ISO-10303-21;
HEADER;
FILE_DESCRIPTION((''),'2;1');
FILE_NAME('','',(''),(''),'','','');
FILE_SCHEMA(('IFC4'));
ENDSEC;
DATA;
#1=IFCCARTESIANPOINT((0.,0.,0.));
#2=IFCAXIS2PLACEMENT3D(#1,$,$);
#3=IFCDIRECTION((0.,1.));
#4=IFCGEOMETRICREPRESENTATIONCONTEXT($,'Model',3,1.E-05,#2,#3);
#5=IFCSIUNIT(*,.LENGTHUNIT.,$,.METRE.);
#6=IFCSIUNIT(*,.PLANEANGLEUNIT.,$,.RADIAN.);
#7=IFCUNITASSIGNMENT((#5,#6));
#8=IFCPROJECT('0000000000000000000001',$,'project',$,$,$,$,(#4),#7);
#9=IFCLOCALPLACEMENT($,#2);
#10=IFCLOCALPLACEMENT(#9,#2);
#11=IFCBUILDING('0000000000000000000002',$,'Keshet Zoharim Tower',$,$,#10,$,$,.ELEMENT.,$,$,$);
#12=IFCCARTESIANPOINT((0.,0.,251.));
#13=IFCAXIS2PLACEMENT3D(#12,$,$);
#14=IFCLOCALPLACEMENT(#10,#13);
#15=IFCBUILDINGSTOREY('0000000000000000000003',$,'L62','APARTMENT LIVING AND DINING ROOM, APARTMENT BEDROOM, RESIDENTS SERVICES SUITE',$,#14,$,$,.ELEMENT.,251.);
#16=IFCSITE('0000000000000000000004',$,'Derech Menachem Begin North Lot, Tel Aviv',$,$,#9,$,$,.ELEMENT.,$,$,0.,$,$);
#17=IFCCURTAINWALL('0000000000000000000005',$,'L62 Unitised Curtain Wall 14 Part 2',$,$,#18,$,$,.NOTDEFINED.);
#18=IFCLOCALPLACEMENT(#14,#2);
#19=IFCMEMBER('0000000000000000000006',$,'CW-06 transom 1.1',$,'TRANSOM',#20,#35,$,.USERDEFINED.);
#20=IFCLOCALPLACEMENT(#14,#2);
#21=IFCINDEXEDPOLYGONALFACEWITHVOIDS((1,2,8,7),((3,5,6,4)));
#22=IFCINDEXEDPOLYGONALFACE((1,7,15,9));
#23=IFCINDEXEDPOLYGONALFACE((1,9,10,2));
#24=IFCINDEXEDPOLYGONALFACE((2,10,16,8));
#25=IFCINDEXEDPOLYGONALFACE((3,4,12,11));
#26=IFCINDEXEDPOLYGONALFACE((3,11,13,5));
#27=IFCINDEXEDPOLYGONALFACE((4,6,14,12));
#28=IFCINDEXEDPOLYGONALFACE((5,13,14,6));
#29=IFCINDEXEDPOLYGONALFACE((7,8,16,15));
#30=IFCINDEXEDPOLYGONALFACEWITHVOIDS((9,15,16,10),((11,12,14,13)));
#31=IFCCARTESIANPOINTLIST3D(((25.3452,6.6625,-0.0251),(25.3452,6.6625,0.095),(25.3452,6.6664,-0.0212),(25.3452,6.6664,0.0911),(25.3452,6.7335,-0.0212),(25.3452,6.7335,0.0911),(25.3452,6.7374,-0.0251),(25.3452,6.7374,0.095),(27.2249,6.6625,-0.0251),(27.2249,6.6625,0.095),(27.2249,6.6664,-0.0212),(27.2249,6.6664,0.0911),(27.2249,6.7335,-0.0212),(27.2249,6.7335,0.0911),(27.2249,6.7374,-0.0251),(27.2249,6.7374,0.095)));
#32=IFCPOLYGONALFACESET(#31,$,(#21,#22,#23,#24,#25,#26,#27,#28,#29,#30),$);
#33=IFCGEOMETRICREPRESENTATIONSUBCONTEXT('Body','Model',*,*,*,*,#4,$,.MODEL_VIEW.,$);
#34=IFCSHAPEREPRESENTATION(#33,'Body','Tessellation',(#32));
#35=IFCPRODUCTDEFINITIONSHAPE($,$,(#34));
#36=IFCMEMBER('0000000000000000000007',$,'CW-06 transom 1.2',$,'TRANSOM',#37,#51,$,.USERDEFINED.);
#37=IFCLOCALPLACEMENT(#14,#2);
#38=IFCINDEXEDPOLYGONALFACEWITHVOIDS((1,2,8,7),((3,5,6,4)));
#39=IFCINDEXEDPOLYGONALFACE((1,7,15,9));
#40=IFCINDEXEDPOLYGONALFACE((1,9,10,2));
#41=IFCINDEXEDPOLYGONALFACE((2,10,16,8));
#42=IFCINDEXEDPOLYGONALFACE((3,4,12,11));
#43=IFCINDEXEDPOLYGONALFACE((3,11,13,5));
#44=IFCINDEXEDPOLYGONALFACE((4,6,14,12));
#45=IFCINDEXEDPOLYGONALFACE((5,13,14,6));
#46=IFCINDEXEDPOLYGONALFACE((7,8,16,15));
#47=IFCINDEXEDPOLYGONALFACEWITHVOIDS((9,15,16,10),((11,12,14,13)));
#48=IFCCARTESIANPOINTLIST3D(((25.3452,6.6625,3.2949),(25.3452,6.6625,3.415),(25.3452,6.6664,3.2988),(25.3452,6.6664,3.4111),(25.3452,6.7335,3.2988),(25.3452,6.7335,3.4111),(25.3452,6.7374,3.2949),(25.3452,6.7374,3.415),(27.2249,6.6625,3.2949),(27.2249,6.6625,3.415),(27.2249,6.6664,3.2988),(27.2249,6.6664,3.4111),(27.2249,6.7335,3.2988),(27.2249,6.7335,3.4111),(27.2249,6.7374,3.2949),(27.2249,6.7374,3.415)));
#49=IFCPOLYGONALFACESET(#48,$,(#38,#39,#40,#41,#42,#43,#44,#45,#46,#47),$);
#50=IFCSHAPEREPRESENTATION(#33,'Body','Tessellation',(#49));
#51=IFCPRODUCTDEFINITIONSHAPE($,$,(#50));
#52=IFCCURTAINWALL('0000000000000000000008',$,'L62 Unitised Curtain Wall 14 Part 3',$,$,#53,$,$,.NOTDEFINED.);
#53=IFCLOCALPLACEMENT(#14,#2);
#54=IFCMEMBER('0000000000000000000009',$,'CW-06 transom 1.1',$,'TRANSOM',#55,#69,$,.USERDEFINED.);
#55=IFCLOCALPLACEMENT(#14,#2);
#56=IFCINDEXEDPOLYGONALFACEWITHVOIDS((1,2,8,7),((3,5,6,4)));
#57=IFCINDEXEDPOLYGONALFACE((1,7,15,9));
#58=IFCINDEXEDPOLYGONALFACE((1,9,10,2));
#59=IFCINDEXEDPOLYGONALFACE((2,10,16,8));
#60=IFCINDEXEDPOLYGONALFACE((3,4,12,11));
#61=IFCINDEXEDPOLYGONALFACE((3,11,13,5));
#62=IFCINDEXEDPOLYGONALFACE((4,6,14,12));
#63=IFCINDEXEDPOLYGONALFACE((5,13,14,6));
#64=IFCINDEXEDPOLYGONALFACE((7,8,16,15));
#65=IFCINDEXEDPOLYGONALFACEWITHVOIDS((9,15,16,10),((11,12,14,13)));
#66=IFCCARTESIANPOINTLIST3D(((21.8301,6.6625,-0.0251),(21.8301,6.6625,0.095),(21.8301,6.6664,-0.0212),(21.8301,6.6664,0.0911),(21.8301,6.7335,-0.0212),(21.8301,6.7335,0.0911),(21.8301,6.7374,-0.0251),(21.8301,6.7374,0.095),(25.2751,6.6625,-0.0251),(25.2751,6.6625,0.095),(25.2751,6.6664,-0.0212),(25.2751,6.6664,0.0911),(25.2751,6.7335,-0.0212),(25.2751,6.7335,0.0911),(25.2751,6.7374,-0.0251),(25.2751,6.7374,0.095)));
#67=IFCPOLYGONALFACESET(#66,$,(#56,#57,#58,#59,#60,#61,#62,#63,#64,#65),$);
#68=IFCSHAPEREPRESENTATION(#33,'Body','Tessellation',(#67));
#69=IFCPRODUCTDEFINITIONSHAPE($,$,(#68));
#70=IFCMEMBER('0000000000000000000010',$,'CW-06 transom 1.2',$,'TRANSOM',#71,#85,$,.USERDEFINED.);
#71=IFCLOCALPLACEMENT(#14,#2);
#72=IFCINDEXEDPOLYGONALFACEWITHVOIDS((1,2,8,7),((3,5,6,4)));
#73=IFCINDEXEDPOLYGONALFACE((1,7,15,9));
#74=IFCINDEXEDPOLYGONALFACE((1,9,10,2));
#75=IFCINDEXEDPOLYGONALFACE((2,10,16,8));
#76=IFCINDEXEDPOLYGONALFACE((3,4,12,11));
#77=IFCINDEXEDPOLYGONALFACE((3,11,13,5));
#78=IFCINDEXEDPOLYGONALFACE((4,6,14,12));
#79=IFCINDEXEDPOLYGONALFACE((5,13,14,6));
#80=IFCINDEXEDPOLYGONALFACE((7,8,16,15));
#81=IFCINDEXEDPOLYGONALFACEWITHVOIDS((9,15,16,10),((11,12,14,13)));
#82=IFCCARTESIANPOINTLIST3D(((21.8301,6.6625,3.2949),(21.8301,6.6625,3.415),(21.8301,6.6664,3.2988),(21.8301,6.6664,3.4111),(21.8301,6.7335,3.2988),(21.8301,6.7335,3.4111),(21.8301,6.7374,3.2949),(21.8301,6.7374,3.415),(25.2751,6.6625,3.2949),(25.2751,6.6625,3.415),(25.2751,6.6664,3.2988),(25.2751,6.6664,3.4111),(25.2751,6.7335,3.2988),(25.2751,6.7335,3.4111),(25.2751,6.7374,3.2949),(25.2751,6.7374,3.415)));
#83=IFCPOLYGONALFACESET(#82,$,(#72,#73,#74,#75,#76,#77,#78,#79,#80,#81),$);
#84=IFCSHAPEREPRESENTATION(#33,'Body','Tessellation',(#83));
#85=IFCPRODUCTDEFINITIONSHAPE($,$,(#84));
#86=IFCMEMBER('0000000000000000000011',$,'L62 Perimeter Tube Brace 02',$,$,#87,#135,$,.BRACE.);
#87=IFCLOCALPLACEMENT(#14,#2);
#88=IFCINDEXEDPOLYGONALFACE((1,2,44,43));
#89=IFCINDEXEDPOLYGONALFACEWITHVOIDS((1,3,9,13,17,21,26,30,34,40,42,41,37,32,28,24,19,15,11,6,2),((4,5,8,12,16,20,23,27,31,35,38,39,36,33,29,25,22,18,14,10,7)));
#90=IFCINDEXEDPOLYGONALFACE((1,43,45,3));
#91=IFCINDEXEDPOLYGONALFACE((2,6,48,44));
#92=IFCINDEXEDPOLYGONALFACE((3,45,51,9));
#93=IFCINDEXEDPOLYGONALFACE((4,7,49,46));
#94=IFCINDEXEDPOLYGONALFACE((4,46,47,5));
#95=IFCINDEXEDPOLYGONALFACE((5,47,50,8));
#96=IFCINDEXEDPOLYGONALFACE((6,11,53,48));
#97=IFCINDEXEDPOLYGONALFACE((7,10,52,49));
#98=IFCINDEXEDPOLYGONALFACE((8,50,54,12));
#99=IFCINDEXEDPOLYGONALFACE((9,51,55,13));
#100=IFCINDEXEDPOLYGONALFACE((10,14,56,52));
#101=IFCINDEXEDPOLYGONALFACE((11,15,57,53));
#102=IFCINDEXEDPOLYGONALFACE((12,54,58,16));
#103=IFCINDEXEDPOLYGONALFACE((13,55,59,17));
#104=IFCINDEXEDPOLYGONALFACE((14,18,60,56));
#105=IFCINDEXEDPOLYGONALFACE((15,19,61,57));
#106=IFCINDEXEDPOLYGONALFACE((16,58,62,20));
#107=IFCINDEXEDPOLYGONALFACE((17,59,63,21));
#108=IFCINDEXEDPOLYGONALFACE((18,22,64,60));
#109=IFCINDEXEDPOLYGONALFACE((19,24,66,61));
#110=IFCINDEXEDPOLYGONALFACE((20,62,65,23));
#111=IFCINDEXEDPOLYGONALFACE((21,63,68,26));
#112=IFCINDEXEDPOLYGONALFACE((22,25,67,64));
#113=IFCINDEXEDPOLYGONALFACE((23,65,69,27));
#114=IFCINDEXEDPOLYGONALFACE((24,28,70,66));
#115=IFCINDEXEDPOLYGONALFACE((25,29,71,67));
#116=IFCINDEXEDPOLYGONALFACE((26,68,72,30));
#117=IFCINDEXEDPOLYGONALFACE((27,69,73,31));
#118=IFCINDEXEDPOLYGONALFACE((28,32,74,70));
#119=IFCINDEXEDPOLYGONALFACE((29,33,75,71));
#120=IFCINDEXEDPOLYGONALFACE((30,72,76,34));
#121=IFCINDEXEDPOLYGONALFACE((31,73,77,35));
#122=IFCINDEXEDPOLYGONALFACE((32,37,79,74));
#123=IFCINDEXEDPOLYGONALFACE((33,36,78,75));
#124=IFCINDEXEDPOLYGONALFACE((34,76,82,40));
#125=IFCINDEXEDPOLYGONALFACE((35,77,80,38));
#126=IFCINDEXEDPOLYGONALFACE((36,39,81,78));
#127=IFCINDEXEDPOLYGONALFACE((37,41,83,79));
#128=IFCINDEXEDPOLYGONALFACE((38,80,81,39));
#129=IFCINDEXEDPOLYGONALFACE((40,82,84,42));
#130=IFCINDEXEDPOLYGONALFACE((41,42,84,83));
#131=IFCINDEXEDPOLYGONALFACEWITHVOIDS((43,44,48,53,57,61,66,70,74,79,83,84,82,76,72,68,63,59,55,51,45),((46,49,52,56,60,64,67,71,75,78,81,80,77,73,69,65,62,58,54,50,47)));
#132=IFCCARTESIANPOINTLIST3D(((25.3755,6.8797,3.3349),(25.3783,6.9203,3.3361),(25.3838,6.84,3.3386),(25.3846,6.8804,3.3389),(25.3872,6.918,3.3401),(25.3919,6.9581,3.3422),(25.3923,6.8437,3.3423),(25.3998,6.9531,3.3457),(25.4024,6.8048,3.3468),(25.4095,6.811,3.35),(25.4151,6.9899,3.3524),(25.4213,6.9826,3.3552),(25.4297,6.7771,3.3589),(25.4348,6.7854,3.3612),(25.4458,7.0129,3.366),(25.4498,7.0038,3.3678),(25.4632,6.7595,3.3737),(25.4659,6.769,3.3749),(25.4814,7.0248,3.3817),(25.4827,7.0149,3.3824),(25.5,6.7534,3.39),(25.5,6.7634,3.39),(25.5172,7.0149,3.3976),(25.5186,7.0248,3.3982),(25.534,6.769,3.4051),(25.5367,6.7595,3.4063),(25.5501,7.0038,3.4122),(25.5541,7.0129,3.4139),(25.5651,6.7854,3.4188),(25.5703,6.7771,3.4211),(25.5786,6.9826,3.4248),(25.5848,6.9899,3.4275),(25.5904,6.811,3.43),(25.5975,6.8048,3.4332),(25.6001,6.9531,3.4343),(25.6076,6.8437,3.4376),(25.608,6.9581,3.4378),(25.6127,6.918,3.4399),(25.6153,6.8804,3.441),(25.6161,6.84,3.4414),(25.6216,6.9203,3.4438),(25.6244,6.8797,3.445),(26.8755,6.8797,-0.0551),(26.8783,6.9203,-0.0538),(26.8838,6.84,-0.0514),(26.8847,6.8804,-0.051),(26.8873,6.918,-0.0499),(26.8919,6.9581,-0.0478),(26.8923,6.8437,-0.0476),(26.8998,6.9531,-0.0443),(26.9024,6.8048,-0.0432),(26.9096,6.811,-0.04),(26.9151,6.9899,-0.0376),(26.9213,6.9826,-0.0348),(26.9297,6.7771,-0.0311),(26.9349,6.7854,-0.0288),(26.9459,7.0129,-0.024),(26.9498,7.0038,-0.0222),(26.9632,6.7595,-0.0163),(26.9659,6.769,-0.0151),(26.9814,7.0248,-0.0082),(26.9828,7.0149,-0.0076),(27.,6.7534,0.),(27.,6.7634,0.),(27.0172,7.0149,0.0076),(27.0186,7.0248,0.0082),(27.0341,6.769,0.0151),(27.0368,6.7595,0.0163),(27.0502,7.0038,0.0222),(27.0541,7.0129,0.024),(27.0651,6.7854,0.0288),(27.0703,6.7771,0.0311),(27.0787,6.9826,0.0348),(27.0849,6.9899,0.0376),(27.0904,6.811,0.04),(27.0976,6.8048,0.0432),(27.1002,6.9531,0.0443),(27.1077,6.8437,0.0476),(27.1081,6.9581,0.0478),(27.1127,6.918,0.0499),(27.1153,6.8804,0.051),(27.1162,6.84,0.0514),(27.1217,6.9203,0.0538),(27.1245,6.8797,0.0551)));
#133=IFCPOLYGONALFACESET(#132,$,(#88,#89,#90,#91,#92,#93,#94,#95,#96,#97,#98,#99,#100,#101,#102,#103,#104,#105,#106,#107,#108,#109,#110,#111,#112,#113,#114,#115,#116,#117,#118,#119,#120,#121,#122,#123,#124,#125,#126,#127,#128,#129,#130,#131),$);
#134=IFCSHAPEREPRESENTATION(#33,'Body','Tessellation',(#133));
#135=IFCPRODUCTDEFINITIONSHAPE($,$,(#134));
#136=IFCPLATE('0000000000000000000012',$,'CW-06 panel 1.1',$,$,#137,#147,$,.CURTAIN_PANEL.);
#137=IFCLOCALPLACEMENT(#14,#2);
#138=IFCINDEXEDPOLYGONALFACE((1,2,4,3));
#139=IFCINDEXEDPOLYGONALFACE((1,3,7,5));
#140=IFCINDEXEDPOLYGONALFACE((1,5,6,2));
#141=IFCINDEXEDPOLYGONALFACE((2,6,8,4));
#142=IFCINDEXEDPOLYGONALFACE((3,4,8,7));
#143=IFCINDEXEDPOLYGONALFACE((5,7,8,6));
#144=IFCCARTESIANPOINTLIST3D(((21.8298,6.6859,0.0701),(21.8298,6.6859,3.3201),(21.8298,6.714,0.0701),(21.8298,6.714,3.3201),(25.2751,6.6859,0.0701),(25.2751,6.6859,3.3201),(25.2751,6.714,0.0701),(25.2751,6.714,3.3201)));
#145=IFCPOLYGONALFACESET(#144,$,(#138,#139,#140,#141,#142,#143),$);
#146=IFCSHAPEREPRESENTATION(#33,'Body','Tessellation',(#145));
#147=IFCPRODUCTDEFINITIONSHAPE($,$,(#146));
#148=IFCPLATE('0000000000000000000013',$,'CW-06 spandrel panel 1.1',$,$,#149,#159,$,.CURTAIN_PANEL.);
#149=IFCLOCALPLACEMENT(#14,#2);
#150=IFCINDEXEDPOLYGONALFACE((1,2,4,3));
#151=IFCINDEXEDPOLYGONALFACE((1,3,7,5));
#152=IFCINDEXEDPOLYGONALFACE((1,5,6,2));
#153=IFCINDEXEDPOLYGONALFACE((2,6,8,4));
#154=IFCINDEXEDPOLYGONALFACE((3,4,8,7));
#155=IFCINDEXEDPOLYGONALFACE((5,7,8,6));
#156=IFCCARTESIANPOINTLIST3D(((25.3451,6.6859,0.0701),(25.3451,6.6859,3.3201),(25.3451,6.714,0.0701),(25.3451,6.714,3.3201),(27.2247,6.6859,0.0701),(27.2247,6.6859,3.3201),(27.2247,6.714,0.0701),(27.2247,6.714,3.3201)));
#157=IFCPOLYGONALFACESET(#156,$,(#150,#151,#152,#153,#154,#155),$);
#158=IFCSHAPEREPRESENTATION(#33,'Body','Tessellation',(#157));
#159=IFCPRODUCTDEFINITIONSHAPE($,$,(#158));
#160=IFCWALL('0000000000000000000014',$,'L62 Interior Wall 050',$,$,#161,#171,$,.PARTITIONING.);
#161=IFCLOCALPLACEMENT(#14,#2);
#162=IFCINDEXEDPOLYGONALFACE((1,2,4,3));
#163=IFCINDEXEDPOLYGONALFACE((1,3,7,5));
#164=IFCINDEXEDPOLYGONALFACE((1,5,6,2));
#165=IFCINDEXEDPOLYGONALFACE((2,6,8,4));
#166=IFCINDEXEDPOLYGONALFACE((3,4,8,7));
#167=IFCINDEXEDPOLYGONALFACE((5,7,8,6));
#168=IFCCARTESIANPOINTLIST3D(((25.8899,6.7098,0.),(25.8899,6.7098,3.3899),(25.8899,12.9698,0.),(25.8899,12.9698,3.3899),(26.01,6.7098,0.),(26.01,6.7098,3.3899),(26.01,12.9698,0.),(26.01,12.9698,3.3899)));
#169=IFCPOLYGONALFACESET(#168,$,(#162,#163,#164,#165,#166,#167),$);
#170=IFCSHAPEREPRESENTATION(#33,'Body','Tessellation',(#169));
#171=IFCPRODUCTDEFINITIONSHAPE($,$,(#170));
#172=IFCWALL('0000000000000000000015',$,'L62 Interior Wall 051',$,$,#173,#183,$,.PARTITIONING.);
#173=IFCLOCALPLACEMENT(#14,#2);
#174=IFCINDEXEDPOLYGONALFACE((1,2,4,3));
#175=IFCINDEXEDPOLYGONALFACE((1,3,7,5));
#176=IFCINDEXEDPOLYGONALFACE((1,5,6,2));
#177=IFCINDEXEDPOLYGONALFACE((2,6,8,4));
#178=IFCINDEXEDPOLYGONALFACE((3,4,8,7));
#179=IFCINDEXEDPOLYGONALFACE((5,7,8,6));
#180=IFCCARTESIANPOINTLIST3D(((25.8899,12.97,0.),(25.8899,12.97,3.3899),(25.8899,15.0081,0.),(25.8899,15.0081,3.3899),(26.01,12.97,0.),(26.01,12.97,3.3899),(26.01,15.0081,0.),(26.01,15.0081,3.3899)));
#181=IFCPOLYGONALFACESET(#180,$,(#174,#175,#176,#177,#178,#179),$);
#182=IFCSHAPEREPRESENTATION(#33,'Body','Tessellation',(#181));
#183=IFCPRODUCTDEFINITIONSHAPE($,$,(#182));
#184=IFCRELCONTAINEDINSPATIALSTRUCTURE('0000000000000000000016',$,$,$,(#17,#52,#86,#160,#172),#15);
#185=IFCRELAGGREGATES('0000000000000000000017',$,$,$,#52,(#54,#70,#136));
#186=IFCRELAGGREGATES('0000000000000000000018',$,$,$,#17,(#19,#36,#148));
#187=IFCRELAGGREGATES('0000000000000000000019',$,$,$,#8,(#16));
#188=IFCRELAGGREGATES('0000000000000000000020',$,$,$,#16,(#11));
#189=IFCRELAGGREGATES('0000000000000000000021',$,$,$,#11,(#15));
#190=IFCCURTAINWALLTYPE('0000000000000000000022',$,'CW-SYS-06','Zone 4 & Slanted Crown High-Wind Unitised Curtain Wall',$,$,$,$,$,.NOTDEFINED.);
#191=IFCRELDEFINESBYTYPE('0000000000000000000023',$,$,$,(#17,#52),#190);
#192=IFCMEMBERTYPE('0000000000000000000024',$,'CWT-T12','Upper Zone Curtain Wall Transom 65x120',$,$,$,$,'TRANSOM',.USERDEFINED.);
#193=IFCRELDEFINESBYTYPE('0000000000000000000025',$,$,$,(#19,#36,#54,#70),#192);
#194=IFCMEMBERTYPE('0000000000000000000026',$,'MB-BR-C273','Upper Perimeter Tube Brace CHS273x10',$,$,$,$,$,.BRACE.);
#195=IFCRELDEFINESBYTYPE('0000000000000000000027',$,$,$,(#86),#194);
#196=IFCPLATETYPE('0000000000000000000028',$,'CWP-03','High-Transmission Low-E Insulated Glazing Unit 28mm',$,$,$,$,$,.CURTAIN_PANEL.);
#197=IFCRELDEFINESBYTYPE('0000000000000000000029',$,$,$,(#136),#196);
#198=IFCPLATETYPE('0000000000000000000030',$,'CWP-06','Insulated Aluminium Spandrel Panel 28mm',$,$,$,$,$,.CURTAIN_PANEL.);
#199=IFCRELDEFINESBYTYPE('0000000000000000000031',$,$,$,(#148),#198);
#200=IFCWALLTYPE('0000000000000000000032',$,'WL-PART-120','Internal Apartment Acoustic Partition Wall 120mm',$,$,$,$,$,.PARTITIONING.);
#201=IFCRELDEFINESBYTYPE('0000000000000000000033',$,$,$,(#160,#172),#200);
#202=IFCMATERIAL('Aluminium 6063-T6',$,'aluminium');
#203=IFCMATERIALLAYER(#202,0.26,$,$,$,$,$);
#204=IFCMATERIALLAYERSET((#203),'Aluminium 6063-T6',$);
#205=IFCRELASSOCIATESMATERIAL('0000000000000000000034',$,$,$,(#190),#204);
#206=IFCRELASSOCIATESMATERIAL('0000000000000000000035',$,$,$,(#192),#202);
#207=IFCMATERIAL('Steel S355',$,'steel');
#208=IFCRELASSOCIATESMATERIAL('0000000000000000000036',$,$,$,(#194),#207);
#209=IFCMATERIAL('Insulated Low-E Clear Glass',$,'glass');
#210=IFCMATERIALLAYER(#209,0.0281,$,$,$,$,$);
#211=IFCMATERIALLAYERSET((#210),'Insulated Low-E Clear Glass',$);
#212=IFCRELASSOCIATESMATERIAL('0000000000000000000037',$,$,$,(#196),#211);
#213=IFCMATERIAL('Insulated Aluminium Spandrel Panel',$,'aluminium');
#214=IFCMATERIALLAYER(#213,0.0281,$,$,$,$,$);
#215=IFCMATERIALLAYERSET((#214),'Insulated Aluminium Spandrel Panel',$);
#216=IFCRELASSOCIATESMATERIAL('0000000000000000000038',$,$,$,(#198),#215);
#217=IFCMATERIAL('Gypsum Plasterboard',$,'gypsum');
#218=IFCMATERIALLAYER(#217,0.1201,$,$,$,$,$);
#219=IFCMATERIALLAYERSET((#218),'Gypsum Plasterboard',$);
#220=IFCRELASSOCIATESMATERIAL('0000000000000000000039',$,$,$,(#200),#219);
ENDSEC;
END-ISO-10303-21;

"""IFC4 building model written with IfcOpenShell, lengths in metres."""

from ifc_helpers import new_model, si_unit, direction, frame, frame_2d, origin, origin_2d, place, context, subcontext, project, spatial, rectangle, hollow_rectangle, hollow_circle, extrude, material, layer, layer_set, material_profile, profile_set, type_object, element, aggregate, save


model = new_model("IFC4")

# Units and contexts
model_context = context("Model", 3, precision=1e-05, world=origin(), true_north=direction((0.0, 1.0)))
body_context = subcontext(model_context, "Body", "Model", "MODEL_VIEW")
ifc_project = project(units=[si_unit("LENGTHUNIT", "METRE"), si_unit("PLANEANGLEUNIT", "RADIAN")], contexts=[model_context])

# Site, building, storey
site_placement = place(None, origin())
site = spatial("IfcSite", under=ifc_project, at=site_placement, Name="Derech Menachem Begin North Lot, Tel Aviv", CompositionType="ELEMENT", RefElevation=0.0)
building_placement = place(site_placement, origin())
building = spatial("IfcBuilding", under=site, at=building_placement, Name="Keshet Zoharim Tower", CompositionType="ELEMENT")
storey_placement = place(building_placement, frame((0.0, 0.0, 251.0)))
storey = spatial("IfcBuildingStorey", under=building, at=storey_placement, Name="L62", Description="APARTMENT LIVING AND DINING ROOM, APARTMENT BEDROOM, RESIDENTS SERVICES SUITE", CompositionType="ELEMENT", Elevation=251.0)

# Shared definitions
ifc_material_1 = material(Name="Steel S355", Category="steel")

# Shared definitions
ifc_material_2 = material(Name="Aluminium 6063-T6", Category="aluminium")
ifc_layer_1 = layer(ifc_material_2, 0.26)
ifc_layer_set_1 = layer_set([ifc_layer_1], Name="Aluminium 6063-T6")
curtain_wall_type = type_object("IfcCurtainWallType", Name="CW-SYS-06", Description="Zone 4 & Slanted Crown High-Wind Unitised Curtain Wall", PredefinedType="NOTDEFINED", material=ifc_layer_set_1)

# Curtain walls, members
curtain_wall_1_placement = place(storey_placement, origin())
curtain_wall_1 = element("IfcCurtainWall", 1, at=curtain_wall_1_placement, inside=storey, type_object=curtain_wall_type, Name="L62 Unitised Curtain Wall 14 Part 2", PredefinedType="NOTDEFINED")
ifc_material_profile_1 = material_profile(ifc_material_2, hollow_rectangle(XDim=0.075, YDim=0.1201, WallThickness=0.0039, at=origin_2d()), Name="TRN-75x120")
ifc_profile_set_1 = profile_set([ifc_material_profile_1], Name="Aluminium 6063-T6")
member_type_1 = type_object("IfcMemberType", Name="CWT-T12", Description="Upper Zone Curtain Wall Transom 65x120", ElementType="TRANSOM", PredefinedType="USERDEFINED", material=ifc_profile_set_1)
member_1_placement = place(storey_placement, frame((27.2249, 6.7, 0.0349), z_axis=(-1.0, 0.0, 0.0), x_axis=(0.0, -1.0, 0.0)))
member_1 = element("IfcMember", 2, at=member_1_placement, type_object=member_type_1, Name="CW-06 transom 1.1", ObjectType="TRANSOM", PredefinedType="USERDEFINED", context=body_context, shape_type="SweptSolid", body=[
    extrude(hollow_rectangle(XDim=0.075, YDim=0.1201, WallThickness=0.0039, at=origin_2d()), origin(), (0.0, 0.0, 1.0), 1.8796),
])
member_2_placement = place(storey_placement, frame((27.2249, 6.7, 3.355), z_axis=(-1.0, 0.0, 0.0), x_axis=(0.0, -1.0, 0.0)))
member_2 = element("IfcMember", 3, at=member_2_placement, type_object=member_type_1, Name="CW-06 transom 1.2", ObjectType="TRANSOM", PredefinedType="USERDEFINED", context=body_context, shape_type="SweptSolid", body=[
    extrude(hollow_rectangle(XDim=0.075, YDim=0.1201, WallThickness=0.0039, at=origin_2d()), origin(), (0.0, 0.0, 1.0), 1.8796),
])
curtain_wall_2_placement = place(storey_placement, origin())
curtain_wall_2 = element("IfcCurtainWall", 4, at=curtain_wall_2_placement, inside=storey, type_object=curtain_wall_type, Name="L62 Unitised Curtain Wall 14 Part 3", PredefinedType="NOTDEFINED")
member_3_placement = place(storey_placement, frame((25.2751, 6.7, 0.0349), z_axis=(-1.0, 0.0, 0.0), x_axis=(0.0, -1.0, 0.0)))
member_3 = element("IfcMember", 5, at=member_3_placement, type_object=member_type_1, Name="CW-06 transom 1.1", ObjectType="TRANSOM", PredefinedType="USERDEFINED", context=body_context, shape_type="SweptSolid", body=[
    extrude(hollow_rectangle(XDim=0.075, YDim=0.1201, WallThickness=0.0039, at=origin_2d()), origin(), (0.0, 0.0, 1.0), 3.4451),
])
member_4_placement = place(storey_placement, frame((25.2751, 6.7, 3.355), z_axis=(-1.0, 0.0, 0.0), x_axis=(0.0, -1.0, 0.0)))
member_4 = element("IfcMember", 6, at=member_4_placement, type_object=member_type_1, Name="CW-06 transom 1.2", ObjectType="TRANSOM", PredefinedType="USERDEFINED", context=body_context, shape_type="SweptSolid", body=[
    extrude(hollow_rectangle(XDim=0.075, YDim=0.1201, WallThickness=0.0039, at=origin_2d()), origin(), (0.0, 0.0, 1.0), 3.4451),
])

# Member
ifc_material_profile_2 = material_profile(ifc_material_1, hollow_circle(Radius=0.1365, WallThickness=0.01, at=origin_2d()), Name="CHS273x10")
ifc_profile_set_2 = profile_set([ifc_material_profile_2], Name="Steel S355")
member_type_2 = type_object("IfcMemberType", Name="MB-BR-C273", Description="Upper Perimeter Tube Brace CHS273x10", PredefinedType="BRACE", material=ifc_profile_set_2)
member_5_placement = place(storey_placement, frame((27.0, 6.8899, 0.0), z_axis=(-0.404647, 0.0, 0.914473), x_axis=(0.0, -1.0, 0.0)))
element("IfcMember", 7, at=member_5_placement, inside=storey, type_object=member_type_2, Name="L62 Perimeter Tube Brace 02", PredefinedType="BRACE", context=body_context, shape_type="SweptSolid", body=[
    extrude(hollow_circle(Radius=0.1365, WallThickness=0.01, at=origin_2d()), origin(), (0.0, 0.0, 1.0), 3.707),
])

# Plates
ifc_material_3 = material(Name="Insulated Low-E Clear Glass", Category="glass")
ifc_layer_2 = layer(ifc_material_3, 0.0281)
ifc_layer_set_2 = layer_set([ifc_layer_2], Name="Insulated Low-E Clear Glass")
plate_type_1 = type_object("IfcPlateType", Name="CWP-03", Description="High-Transmission Low-E Insulated Glazing Unit 28mm", PredefinedType="CURTAIN_PANEL", material=ifc_layer_set_2)
plate_1_placement = place(storey_placement, frame((23.5525, 6.7, 0.0701), z_axis=(0.0, 0.0, 1.0), x_axis=(-1.0, 0.0, 0.0)))
plate_1 = element("IfcPlate", 8, at=plate_1_placement, type_object=plate_type_1, Name="CW-06 panel 1.1", PredefinedType="CURTAIN_PANEL", context=body_context, shape_type="SweptSolid", body=[
    extrude(rectangle(XDim=3.4453, YDim=0.0281, at=origin_2d()), origin(), (0.0, 0.0, 1.0), 3.25),
])
aggregate(curtain_wall_2, [member_3, member_4, plate_1])
ifc_material_4 = material(Name="Insulated Aluminium Spandrel Panel", Category="aluminium")
ifc_layer_3 = layer(ifc_material_4, 0.0281)
ifc_layer_set_3 = layer_set([ifc_layer_3], Name="Insulated Aluminium Spandrel Panel")
plate_type_2 = type_object("IfcPlateType", Name="CWP-06", Description="Insulated Aluminium Spandrel Panel 28mm", PredefinedType="CURTAIN_PANEL", material=ifc_layer_set_3)
plate_2_placement = place(storey_placement, frame((26.2849, 6.7, 0.0701), z_axis=(0.0, 0.0, 1.0), x_axis=(-1.0, 0.0, 0.0)))
plate_2 = element("IfcPlate", 9, at=plate_2_placement, type_object=plate_type_2, Name="CW-06 spandrel panel 1.1", PredefinedType="CURTAIN_PANEL", context=body_context, shape_type="SweptSolid", body=[
    extrude(rectangle(XDim=1.8796, YDim=0.0281, at=origin_2d()), origin(), (0.0, 0.0, 1.0), 3.25),
])
aggregate(curtain_wall_1, [member_1, member_2, plate_2])

# Walls
ifc_material_5 = material(Name="Gypsum Plasterboard", Category="gypsum")
ifc_layer_4 = layer(ifc_material_5, 0.1201)
ifc_layer_set_4 = layer_set([ifc_layer_4], Name="Gypsum Plasterboard")
wall_type_1 = type_object("IfcWallType", Name="WL-PART-120", Description="Internal Apartment Acoustic Partition Wall 120mm", PredefinedType="PARTITIONING", material=ifc_layer_set_4)
wall_1_placement = place(storey_placement, frame((25.95, 6.71, 0.0), z_axis=(0.0, 0.0, 1.0), x_axis=(0.0, 1.0, 0.0)))
element("IfcWall", 10, at=wall_1_placement, inside=storey, type_object=wall_type_1, Name="L62 Interior Wall 050", PredefinedType="PARTITIONING", context=body_context, shape_type="SweptSolid", body=[
    extrude(rectangle(XDim=6.26, YDim=0.1201, at=frame_2d((3.1299, 0.0))), origin(), (0.0, 0.0, 1.0), 3.3899),
])
wall_2_placement = place(storey_placement, frame((25.95, 12.97, 0.0), z_axis=(0.0, 0.0, 1.0), x_axis=(0.0, 1.0, 0.0)))
element("IfcWall", 11, at=wall_2_placement, inside=storey, type_object=wall_type_1, Name="L62 Interior Wall 051", PredefinedType="PARTITIONING", context=body_context, shape_type="SweptSolid", body=[
    extrude(rectangle(XDim=2.0381, YDim=0.1201, at=frame_2d((1.019, 0.0))), origin(), (0.0, 0.0, 1.0), 3.3899),
])

save(model, "model.ifc")
